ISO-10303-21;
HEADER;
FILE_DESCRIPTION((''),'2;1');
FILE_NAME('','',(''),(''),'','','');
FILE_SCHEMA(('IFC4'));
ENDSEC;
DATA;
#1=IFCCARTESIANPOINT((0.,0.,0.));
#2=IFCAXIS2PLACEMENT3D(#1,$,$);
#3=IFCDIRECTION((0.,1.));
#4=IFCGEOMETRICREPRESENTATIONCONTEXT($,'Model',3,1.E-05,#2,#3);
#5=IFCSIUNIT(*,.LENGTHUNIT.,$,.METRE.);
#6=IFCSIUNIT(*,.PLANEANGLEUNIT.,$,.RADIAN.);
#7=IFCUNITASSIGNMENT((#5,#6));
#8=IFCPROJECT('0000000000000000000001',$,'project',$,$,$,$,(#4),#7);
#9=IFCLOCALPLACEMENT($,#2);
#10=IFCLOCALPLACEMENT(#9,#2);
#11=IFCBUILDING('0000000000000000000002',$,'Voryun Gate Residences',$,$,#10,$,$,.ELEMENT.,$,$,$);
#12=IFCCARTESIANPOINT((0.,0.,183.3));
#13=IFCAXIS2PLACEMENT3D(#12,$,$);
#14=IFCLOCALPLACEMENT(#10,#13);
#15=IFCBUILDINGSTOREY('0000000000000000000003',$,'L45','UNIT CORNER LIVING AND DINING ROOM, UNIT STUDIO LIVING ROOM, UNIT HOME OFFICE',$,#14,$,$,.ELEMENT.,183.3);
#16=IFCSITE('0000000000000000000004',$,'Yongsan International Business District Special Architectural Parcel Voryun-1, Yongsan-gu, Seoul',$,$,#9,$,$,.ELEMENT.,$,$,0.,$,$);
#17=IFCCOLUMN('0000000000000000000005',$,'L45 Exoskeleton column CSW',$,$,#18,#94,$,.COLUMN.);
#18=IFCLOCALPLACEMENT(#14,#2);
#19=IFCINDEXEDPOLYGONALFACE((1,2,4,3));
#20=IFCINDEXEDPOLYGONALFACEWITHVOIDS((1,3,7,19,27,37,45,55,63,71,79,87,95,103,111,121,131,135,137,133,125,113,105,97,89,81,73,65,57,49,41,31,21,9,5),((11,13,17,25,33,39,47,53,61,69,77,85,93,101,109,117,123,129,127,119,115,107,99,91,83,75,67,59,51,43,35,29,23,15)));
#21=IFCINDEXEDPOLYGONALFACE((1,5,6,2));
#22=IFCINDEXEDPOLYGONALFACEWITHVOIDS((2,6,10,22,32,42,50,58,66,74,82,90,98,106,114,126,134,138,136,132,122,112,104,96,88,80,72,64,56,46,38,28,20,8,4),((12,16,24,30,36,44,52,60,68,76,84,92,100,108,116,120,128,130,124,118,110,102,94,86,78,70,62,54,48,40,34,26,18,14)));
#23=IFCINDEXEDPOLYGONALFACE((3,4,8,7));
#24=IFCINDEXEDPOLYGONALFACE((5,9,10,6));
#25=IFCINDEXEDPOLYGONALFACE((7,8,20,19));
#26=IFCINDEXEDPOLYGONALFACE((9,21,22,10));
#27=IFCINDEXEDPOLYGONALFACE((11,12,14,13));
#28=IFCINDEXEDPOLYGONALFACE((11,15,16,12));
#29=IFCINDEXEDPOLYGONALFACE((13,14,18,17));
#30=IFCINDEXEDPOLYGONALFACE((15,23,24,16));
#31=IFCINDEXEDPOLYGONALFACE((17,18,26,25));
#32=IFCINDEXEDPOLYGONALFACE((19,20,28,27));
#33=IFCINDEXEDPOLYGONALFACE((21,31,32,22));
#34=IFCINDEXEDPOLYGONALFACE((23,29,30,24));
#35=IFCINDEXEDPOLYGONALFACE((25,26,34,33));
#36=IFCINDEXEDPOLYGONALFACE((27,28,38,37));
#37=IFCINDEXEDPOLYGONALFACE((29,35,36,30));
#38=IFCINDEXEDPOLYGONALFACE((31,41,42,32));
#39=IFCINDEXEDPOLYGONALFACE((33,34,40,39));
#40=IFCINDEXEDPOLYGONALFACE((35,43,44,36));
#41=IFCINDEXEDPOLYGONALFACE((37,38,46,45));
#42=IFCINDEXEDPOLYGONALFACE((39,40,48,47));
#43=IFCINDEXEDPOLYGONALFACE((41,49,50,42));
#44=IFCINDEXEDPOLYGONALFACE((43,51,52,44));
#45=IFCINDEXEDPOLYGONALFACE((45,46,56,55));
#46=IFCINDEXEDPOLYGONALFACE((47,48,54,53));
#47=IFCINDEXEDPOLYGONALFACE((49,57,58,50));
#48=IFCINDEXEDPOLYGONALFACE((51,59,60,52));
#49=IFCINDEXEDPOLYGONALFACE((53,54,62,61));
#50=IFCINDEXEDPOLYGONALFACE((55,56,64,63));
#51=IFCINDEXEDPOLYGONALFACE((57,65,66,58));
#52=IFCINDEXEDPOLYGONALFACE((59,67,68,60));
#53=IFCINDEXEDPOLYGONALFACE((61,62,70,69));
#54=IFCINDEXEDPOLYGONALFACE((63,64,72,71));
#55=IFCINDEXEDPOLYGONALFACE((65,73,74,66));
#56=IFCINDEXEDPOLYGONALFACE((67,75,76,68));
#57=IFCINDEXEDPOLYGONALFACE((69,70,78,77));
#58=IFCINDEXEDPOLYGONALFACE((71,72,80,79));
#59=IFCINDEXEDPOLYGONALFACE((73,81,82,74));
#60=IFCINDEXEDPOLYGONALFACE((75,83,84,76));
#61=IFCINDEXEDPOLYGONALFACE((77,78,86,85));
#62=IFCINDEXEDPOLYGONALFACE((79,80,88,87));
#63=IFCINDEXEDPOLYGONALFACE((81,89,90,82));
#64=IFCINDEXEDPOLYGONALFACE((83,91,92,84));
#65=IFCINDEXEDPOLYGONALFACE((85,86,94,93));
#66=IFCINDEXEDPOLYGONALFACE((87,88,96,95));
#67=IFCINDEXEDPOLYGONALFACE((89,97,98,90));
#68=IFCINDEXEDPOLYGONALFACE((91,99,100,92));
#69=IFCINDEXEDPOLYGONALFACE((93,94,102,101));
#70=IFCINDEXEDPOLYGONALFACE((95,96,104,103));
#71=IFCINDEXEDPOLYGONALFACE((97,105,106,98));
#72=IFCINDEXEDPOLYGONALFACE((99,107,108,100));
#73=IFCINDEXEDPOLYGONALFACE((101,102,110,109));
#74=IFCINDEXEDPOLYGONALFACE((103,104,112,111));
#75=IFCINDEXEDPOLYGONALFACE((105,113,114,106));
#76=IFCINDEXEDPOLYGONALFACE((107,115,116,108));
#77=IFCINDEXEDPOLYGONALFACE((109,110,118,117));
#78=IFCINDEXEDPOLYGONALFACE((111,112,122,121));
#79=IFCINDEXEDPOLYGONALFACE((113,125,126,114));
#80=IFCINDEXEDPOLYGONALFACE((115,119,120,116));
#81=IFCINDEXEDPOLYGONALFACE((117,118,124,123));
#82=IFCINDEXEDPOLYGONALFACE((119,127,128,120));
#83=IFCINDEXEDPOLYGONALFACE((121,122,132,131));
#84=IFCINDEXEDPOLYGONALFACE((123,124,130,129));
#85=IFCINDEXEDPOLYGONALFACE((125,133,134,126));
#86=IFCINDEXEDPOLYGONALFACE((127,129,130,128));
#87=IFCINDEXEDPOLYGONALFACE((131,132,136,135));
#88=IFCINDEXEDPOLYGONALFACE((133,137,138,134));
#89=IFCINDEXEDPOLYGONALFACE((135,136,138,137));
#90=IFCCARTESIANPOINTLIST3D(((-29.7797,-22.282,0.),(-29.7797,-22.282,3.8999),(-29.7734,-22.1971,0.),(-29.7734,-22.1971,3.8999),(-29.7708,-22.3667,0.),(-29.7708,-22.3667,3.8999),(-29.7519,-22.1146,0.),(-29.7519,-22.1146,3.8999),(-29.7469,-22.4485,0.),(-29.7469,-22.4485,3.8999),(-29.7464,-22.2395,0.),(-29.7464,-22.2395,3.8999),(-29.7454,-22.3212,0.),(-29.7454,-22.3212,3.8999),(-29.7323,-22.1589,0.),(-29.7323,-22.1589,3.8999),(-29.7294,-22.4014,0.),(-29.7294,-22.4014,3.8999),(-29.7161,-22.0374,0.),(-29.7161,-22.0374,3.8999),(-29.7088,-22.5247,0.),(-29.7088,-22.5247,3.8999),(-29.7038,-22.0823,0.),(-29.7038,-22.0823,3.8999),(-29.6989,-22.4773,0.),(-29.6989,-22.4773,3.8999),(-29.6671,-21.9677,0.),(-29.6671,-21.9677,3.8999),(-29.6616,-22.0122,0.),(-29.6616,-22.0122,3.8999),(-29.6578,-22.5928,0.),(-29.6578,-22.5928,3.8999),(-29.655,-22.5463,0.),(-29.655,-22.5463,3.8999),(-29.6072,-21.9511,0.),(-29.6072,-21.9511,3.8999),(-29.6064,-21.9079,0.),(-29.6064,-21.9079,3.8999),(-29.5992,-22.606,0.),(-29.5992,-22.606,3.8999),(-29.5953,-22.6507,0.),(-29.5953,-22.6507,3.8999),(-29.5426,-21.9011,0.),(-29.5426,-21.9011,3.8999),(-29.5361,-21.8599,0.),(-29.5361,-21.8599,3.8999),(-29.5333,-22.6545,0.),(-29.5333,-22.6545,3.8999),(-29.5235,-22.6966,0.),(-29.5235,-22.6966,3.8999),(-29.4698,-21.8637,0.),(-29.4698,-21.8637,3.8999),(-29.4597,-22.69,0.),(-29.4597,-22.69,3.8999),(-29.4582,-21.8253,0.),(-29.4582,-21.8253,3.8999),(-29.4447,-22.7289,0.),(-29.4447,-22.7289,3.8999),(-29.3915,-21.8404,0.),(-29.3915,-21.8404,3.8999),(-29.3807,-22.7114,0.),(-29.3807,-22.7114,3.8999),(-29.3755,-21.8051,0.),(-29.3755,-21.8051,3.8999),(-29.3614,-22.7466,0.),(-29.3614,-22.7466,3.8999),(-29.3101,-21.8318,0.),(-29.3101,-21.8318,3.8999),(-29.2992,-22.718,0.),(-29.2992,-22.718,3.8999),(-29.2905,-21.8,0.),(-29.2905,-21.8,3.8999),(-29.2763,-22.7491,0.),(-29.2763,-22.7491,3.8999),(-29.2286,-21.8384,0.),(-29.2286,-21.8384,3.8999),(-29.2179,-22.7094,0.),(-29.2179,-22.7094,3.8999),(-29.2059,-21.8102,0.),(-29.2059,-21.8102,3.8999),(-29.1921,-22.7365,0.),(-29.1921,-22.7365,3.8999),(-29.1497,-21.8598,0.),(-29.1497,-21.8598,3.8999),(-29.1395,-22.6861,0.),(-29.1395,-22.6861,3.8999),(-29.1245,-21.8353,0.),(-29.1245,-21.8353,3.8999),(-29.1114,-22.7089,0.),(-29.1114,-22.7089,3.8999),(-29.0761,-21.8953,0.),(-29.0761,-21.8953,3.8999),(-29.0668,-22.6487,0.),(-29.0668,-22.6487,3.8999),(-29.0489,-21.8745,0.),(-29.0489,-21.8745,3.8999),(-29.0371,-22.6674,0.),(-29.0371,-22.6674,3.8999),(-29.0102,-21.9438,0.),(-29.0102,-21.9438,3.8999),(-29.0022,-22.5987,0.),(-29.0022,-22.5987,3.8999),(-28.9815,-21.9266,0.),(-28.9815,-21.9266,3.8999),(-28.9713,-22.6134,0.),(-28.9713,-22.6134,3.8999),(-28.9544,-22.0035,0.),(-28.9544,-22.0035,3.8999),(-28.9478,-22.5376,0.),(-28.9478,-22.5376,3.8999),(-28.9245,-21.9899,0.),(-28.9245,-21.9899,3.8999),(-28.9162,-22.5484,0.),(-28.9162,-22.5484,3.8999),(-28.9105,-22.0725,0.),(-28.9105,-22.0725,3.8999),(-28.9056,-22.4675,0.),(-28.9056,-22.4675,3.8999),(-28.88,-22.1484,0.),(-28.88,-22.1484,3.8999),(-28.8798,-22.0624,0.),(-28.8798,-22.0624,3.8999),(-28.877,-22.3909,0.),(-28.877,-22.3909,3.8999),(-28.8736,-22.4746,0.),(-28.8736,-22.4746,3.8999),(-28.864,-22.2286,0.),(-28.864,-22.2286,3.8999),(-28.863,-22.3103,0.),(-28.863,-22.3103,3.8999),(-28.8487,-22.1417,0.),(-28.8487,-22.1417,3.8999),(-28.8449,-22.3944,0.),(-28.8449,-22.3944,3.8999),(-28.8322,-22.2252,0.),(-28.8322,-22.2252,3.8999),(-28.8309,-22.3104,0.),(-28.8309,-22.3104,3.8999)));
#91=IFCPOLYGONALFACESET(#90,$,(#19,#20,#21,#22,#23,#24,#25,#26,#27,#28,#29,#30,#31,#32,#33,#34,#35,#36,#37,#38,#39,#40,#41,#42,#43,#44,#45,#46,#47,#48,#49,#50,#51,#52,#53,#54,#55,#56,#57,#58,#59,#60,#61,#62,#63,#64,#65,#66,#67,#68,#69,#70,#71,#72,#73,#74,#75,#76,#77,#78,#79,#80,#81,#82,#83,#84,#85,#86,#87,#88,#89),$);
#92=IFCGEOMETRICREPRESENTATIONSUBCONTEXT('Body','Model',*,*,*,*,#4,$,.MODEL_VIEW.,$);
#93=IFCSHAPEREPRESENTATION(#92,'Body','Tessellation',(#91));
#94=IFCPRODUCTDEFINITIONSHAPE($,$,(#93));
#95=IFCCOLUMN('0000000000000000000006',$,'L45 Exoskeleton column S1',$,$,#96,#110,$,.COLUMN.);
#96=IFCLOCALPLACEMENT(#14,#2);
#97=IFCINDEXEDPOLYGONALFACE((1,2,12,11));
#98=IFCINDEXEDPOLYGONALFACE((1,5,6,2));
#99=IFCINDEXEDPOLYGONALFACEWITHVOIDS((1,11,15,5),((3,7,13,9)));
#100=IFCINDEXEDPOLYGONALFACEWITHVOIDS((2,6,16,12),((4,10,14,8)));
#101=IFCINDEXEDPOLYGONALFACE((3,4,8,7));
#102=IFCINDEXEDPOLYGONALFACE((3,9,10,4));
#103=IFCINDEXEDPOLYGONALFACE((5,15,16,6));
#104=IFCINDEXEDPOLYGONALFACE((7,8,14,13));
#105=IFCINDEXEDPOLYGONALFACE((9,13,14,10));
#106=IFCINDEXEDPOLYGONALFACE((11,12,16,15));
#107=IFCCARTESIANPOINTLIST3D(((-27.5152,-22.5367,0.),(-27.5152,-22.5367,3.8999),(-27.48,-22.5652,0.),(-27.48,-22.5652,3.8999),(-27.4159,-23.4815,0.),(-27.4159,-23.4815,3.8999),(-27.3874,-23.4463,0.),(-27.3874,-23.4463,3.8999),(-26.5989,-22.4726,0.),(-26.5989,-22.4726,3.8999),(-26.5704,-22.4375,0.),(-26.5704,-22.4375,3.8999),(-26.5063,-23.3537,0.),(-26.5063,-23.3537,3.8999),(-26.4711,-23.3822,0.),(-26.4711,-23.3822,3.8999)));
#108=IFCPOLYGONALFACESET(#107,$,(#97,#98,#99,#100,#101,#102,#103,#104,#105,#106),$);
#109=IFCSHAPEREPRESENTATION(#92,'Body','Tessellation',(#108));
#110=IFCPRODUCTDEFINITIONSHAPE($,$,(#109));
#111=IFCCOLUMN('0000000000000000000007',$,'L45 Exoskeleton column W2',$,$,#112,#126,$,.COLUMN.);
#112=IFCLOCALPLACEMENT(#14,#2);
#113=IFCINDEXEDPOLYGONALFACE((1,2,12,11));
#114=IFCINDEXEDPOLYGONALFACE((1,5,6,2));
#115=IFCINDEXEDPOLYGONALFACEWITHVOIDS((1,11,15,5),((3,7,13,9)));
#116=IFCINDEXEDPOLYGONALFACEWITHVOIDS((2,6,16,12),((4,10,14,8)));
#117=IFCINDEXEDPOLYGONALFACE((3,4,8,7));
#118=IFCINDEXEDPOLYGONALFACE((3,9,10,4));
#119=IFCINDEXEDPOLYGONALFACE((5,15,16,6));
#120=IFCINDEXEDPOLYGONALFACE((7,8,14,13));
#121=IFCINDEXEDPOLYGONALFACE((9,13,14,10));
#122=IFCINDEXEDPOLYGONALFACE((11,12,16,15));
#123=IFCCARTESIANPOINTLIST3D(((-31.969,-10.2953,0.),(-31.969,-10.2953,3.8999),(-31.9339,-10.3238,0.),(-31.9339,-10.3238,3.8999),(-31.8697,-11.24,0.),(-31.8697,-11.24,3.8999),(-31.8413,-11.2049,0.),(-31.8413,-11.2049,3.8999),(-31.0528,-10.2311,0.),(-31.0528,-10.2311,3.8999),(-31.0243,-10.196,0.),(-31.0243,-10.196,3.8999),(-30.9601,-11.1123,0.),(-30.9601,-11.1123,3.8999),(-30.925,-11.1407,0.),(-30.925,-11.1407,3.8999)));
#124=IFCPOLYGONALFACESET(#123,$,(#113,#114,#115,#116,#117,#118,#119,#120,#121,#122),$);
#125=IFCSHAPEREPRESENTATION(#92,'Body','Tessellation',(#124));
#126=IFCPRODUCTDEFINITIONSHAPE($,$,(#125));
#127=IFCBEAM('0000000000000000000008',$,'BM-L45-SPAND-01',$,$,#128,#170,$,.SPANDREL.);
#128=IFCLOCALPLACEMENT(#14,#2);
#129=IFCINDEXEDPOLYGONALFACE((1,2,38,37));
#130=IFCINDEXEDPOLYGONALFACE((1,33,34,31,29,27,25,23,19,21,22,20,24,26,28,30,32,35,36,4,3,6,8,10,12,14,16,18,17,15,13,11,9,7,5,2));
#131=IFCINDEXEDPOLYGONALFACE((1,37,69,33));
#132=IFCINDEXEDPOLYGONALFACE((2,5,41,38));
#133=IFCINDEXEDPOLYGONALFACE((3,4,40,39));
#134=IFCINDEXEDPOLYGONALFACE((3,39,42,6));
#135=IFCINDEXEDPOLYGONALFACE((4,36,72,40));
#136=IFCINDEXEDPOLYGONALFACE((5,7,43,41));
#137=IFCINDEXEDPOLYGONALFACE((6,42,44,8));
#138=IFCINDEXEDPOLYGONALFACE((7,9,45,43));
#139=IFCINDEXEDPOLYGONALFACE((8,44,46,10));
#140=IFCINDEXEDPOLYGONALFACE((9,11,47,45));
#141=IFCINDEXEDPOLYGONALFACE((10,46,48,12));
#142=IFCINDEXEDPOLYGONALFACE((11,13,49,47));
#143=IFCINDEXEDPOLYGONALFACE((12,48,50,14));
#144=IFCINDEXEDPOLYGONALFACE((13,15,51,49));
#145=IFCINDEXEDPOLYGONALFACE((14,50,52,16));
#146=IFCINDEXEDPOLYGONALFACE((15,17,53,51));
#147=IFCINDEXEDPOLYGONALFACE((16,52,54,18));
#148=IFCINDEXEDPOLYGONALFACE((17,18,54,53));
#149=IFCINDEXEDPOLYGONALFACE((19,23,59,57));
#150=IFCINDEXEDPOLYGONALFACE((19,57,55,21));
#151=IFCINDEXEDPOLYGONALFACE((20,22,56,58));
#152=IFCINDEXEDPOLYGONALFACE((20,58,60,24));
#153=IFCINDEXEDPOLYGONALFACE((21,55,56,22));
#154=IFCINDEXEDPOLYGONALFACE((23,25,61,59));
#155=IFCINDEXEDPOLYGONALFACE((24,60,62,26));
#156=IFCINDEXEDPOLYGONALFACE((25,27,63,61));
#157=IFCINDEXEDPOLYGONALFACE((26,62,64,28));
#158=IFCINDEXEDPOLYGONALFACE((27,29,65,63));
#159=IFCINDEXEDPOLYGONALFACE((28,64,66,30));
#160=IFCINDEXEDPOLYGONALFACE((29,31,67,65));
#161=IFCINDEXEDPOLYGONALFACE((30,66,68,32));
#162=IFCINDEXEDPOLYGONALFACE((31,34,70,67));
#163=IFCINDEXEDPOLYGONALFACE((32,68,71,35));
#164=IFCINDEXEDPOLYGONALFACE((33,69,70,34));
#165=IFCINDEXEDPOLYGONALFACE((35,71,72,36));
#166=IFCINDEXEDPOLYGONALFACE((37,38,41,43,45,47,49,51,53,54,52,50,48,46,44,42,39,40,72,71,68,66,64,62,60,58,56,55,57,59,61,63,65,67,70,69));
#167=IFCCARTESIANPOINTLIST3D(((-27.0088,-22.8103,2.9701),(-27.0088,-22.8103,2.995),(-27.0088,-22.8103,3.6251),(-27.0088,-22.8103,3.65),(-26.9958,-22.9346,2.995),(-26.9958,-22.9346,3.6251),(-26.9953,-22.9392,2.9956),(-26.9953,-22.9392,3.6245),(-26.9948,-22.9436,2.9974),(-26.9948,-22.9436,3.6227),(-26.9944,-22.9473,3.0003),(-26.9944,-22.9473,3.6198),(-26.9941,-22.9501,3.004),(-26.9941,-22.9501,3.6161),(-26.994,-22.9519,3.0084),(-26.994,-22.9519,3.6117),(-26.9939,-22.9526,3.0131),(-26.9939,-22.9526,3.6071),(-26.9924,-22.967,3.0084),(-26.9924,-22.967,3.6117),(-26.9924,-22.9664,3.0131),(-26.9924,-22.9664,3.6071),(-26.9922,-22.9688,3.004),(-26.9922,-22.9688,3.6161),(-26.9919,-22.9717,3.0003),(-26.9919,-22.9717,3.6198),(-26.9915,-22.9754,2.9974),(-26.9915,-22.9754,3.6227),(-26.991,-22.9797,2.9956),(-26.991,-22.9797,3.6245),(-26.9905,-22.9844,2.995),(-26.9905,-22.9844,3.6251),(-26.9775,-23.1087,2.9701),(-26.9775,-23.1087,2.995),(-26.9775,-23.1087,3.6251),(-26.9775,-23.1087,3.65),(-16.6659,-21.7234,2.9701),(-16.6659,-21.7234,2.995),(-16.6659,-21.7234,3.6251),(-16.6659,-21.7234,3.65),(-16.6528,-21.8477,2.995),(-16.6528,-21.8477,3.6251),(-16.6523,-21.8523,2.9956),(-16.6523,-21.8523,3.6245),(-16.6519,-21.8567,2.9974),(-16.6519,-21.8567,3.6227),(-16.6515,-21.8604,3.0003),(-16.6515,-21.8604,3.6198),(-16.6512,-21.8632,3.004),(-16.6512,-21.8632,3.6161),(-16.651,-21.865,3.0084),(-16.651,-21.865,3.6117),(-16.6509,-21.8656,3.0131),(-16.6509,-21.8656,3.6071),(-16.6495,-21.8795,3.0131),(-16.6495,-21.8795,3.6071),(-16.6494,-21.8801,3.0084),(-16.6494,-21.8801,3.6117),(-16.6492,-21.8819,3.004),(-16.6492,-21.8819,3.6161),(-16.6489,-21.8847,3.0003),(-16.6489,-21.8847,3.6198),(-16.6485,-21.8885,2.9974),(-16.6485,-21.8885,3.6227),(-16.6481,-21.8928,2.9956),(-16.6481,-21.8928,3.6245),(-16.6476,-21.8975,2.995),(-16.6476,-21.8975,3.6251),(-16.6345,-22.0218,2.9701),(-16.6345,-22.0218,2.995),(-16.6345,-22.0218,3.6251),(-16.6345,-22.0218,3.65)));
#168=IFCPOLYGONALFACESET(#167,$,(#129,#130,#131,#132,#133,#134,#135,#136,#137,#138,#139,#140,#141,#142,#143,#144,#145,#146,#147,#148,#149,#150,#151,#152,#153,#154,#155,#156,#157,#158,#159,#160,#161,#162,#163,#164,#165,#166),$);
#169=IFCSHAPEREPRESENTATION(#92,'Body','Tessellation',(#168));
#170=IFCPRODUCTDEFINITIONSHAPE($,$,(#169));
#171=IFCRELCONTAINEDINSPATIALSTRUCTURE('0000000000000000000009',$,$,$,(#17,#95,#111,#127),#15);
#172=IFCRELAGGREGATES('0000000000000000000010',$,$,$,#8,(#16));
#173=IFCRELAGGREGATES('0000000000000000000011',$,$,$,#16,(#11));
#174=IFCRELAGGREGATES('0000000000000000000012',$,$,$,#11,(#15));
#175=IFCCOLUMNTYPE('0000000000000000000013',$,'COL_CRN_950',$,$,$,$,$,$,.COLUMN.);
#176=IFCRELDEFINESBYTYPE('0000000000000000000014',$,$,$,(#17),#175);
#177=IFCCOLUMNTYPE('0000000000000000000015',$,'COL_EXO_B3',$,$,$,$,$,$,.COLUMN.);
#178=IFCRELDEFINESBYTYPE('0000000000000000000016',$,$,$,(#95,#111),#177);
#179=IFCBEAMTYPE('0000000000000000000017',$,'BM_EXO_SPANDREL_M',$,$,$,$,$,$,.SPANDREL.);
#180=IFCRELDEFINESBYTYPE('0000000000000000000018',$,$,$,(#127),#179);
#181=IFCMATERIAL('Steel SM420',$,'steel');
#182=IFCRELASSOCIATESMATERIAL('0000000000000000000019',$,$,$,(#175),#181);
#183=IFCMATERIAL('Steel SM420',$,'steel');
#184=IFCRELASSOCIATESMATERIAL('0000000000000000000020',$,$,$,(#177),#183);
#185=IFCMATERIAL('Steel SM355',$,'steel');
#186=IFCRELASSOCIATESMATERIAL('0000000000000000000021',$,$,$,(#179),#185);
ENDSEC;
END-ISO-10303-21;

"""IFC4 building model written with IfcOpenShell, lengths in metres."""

from ifc_helpers import new_model, si_unit, direction, frame, origin, origin_2d, place, context, subcontext, project, spatial, hollow_rectangle, hollow_circle, i_section, extrude, material, material_profile, profile_set, type_object, element, save


model = new_model("IFC4")

# Units and contexts
model_context = context("Model", 3, precision=1e-05, world=origin(), true_north=direction((0.0, 1.0)))
body_context = subcontext(model_context, "Body", "Model", "MODEL_VIEW")
ifc_project = project(units=[si_unit("LENGTHUNIT", "METRE"), si_unit("PLANEANGLEUNIT", "RADIAN")], contexts=[model_context])

# Site, building, storey
site_placement = place(None, origin())
site = spatial("IfcSite", under=ifc_project, at=site_placement, Name="Yongsan International Business District Special Architectural Parcel Voryun-1, Yongsan-gu, Seoul", CompositionType="ELEMENT", RefElevation=0.0)
building_placement = place(site_placement, origin())
building = spatial("IfcBuilding", under=site, at=building_placement, Name="Voryun Gate Residences", CompositionType="ELEMENT")
storey_placement = place(building_placement, frame((0.0, 0.0, 183.3)))
storey = spatial("IfcBuildingStorey", under=building, at=storey_placement, Name="L45", Description="UNIT CORNER LIVING AND DINING ROOM, UNIT STUDIO LIVING ROOM, UNIT HOME OFFICE", CompositionType="ELEMENT", Elevation=183.3)

# Columns
ifc_material_1 = material(Name="Steel SM420", Category="steel")
ifc_material_profile_1 = material_profile(ifc_material_1, hollow_circle(Radius=0.4751, WallThickness=0.032, at=origin_2d()), Name="CHS-950x32")
ifc_profile_set_1 = profile_set([ifc_material_profile_1], Name="Steel SM420")
column_type_1 = type_object("IfcColumnType", Name="COL_CRN_950", PredefinedType="COLUMN", material=ifc_profile_set_1)
column_placement = place(storey_placement, frame((-29.3047, -22.2749, 0.0), z_axis=(0.0, 0.0, 1.0), x_axis=(0.994522, 0.104528, 0.0)))
element("IfcColumn", 1, at=column_placement, inside=storey, type_object=column_type_1, Name="L45 Exoskeleton column CSW", PredefinedType="COLUMN", context=body_context, shape_type="SweptSolid", body=[
    extrude(hollow_circle(Radius=0.4751, WallThickness=0.032, at=origin_2d()), origin(), (0.0, 0.0, 1.0), 3.8999),
])
ifc_material_2 = material(Name="Steel SM420", Category="steel")
ifc_material_profile_2 = material_profile(ifc_material_2, hollow_rectangle(XDim=0.95, YDim=0.95, WallThickness=0.032, at=origin_2d()), Name="BOX-950x950x32")
ifc_profile_set_2 = profile_set([ifc_material_profile_2], Name="Steel SM420")
column_type_2 = type_object("IfcColumnType", Name="COL_EXO_B3", PredefinedType="COLUMN", material=ifc_profile_set_2)
for number, where, z_axis, x_axis, name in (
    (2, (-26.9932, -22.9595, 0.0), (0.0, 0.0, 1.0), (0.994522, 0.104528, 0.0), "L45 Exoskeleton column S1"),
    (3, (-31.447, -10.718, 0.0), (0.0, 0.0, 1.0), (0.994522, 0.104528, 0.0), "L45 Exoskeleton column W2"),
):
    element("IfcColumn", number, at=place(storey_placement, frame(where, z_axis=z_axis, x_axis=x_axis)), inside=storey, type_object=column_type_2, Name=name, PredefinedType="COLUMN", context=body_context, shape_type="SweptSolid", body=[
        extrude(hollow_rectangle(XDim=0.95, YDim=0.95, WallThickness=0.032, at=origin_2d()), origin(), (0.0, 0.0, 1.0), 3.8999),
    ])

# Beam
ifc_material_3 = material(Name="Steel SM355", Category="steel")
ifc_material_profile_3 = material_profile(ifc_material_3, i_section(OverallWidth=0.3, OverallDepth=0.6799, WebThickness=0.0139, FlangeThickness=0.0249, FilletRadius=0.0181, at=origin_2d()), Name="H-680x300x14x25")
ifc_profile_set_3 = profile_set([ifc_material_profile_3], Name="Steel SM355")
beam_type = type_object("IfcBeamType", Name="BM_EXO_SPANDREL_M", PredefinedType="SPANDREL", material=ifc_profile_set_3)
beam_1_placement = place(storey_placement, frame((-26.9932, -22.9595, 3.3101), z_axis=(0.994524, 0.104511, 0.0), x_axis=(-0.104511, 0.994524, 0.0)))
element("IfcBeam", 4, at=beam_1_placement, inside=storey, type_object=beam_type, Name="BM-L45-SPAND-01", PredefinedType="SPANDREL", context=body_context, shape_type="SweptSolid", body=[
    extrude(i_section(OverallWidth=0.3, OverallDepth=0.6799, WebThickness=0.0139, FlangeThickness=0.0249, FilletRadius=0.0181, at=origin_2d()), origin(), (0.0, 0.0, 1.0), 10.3999),
])

save(model, "model.ifc")
